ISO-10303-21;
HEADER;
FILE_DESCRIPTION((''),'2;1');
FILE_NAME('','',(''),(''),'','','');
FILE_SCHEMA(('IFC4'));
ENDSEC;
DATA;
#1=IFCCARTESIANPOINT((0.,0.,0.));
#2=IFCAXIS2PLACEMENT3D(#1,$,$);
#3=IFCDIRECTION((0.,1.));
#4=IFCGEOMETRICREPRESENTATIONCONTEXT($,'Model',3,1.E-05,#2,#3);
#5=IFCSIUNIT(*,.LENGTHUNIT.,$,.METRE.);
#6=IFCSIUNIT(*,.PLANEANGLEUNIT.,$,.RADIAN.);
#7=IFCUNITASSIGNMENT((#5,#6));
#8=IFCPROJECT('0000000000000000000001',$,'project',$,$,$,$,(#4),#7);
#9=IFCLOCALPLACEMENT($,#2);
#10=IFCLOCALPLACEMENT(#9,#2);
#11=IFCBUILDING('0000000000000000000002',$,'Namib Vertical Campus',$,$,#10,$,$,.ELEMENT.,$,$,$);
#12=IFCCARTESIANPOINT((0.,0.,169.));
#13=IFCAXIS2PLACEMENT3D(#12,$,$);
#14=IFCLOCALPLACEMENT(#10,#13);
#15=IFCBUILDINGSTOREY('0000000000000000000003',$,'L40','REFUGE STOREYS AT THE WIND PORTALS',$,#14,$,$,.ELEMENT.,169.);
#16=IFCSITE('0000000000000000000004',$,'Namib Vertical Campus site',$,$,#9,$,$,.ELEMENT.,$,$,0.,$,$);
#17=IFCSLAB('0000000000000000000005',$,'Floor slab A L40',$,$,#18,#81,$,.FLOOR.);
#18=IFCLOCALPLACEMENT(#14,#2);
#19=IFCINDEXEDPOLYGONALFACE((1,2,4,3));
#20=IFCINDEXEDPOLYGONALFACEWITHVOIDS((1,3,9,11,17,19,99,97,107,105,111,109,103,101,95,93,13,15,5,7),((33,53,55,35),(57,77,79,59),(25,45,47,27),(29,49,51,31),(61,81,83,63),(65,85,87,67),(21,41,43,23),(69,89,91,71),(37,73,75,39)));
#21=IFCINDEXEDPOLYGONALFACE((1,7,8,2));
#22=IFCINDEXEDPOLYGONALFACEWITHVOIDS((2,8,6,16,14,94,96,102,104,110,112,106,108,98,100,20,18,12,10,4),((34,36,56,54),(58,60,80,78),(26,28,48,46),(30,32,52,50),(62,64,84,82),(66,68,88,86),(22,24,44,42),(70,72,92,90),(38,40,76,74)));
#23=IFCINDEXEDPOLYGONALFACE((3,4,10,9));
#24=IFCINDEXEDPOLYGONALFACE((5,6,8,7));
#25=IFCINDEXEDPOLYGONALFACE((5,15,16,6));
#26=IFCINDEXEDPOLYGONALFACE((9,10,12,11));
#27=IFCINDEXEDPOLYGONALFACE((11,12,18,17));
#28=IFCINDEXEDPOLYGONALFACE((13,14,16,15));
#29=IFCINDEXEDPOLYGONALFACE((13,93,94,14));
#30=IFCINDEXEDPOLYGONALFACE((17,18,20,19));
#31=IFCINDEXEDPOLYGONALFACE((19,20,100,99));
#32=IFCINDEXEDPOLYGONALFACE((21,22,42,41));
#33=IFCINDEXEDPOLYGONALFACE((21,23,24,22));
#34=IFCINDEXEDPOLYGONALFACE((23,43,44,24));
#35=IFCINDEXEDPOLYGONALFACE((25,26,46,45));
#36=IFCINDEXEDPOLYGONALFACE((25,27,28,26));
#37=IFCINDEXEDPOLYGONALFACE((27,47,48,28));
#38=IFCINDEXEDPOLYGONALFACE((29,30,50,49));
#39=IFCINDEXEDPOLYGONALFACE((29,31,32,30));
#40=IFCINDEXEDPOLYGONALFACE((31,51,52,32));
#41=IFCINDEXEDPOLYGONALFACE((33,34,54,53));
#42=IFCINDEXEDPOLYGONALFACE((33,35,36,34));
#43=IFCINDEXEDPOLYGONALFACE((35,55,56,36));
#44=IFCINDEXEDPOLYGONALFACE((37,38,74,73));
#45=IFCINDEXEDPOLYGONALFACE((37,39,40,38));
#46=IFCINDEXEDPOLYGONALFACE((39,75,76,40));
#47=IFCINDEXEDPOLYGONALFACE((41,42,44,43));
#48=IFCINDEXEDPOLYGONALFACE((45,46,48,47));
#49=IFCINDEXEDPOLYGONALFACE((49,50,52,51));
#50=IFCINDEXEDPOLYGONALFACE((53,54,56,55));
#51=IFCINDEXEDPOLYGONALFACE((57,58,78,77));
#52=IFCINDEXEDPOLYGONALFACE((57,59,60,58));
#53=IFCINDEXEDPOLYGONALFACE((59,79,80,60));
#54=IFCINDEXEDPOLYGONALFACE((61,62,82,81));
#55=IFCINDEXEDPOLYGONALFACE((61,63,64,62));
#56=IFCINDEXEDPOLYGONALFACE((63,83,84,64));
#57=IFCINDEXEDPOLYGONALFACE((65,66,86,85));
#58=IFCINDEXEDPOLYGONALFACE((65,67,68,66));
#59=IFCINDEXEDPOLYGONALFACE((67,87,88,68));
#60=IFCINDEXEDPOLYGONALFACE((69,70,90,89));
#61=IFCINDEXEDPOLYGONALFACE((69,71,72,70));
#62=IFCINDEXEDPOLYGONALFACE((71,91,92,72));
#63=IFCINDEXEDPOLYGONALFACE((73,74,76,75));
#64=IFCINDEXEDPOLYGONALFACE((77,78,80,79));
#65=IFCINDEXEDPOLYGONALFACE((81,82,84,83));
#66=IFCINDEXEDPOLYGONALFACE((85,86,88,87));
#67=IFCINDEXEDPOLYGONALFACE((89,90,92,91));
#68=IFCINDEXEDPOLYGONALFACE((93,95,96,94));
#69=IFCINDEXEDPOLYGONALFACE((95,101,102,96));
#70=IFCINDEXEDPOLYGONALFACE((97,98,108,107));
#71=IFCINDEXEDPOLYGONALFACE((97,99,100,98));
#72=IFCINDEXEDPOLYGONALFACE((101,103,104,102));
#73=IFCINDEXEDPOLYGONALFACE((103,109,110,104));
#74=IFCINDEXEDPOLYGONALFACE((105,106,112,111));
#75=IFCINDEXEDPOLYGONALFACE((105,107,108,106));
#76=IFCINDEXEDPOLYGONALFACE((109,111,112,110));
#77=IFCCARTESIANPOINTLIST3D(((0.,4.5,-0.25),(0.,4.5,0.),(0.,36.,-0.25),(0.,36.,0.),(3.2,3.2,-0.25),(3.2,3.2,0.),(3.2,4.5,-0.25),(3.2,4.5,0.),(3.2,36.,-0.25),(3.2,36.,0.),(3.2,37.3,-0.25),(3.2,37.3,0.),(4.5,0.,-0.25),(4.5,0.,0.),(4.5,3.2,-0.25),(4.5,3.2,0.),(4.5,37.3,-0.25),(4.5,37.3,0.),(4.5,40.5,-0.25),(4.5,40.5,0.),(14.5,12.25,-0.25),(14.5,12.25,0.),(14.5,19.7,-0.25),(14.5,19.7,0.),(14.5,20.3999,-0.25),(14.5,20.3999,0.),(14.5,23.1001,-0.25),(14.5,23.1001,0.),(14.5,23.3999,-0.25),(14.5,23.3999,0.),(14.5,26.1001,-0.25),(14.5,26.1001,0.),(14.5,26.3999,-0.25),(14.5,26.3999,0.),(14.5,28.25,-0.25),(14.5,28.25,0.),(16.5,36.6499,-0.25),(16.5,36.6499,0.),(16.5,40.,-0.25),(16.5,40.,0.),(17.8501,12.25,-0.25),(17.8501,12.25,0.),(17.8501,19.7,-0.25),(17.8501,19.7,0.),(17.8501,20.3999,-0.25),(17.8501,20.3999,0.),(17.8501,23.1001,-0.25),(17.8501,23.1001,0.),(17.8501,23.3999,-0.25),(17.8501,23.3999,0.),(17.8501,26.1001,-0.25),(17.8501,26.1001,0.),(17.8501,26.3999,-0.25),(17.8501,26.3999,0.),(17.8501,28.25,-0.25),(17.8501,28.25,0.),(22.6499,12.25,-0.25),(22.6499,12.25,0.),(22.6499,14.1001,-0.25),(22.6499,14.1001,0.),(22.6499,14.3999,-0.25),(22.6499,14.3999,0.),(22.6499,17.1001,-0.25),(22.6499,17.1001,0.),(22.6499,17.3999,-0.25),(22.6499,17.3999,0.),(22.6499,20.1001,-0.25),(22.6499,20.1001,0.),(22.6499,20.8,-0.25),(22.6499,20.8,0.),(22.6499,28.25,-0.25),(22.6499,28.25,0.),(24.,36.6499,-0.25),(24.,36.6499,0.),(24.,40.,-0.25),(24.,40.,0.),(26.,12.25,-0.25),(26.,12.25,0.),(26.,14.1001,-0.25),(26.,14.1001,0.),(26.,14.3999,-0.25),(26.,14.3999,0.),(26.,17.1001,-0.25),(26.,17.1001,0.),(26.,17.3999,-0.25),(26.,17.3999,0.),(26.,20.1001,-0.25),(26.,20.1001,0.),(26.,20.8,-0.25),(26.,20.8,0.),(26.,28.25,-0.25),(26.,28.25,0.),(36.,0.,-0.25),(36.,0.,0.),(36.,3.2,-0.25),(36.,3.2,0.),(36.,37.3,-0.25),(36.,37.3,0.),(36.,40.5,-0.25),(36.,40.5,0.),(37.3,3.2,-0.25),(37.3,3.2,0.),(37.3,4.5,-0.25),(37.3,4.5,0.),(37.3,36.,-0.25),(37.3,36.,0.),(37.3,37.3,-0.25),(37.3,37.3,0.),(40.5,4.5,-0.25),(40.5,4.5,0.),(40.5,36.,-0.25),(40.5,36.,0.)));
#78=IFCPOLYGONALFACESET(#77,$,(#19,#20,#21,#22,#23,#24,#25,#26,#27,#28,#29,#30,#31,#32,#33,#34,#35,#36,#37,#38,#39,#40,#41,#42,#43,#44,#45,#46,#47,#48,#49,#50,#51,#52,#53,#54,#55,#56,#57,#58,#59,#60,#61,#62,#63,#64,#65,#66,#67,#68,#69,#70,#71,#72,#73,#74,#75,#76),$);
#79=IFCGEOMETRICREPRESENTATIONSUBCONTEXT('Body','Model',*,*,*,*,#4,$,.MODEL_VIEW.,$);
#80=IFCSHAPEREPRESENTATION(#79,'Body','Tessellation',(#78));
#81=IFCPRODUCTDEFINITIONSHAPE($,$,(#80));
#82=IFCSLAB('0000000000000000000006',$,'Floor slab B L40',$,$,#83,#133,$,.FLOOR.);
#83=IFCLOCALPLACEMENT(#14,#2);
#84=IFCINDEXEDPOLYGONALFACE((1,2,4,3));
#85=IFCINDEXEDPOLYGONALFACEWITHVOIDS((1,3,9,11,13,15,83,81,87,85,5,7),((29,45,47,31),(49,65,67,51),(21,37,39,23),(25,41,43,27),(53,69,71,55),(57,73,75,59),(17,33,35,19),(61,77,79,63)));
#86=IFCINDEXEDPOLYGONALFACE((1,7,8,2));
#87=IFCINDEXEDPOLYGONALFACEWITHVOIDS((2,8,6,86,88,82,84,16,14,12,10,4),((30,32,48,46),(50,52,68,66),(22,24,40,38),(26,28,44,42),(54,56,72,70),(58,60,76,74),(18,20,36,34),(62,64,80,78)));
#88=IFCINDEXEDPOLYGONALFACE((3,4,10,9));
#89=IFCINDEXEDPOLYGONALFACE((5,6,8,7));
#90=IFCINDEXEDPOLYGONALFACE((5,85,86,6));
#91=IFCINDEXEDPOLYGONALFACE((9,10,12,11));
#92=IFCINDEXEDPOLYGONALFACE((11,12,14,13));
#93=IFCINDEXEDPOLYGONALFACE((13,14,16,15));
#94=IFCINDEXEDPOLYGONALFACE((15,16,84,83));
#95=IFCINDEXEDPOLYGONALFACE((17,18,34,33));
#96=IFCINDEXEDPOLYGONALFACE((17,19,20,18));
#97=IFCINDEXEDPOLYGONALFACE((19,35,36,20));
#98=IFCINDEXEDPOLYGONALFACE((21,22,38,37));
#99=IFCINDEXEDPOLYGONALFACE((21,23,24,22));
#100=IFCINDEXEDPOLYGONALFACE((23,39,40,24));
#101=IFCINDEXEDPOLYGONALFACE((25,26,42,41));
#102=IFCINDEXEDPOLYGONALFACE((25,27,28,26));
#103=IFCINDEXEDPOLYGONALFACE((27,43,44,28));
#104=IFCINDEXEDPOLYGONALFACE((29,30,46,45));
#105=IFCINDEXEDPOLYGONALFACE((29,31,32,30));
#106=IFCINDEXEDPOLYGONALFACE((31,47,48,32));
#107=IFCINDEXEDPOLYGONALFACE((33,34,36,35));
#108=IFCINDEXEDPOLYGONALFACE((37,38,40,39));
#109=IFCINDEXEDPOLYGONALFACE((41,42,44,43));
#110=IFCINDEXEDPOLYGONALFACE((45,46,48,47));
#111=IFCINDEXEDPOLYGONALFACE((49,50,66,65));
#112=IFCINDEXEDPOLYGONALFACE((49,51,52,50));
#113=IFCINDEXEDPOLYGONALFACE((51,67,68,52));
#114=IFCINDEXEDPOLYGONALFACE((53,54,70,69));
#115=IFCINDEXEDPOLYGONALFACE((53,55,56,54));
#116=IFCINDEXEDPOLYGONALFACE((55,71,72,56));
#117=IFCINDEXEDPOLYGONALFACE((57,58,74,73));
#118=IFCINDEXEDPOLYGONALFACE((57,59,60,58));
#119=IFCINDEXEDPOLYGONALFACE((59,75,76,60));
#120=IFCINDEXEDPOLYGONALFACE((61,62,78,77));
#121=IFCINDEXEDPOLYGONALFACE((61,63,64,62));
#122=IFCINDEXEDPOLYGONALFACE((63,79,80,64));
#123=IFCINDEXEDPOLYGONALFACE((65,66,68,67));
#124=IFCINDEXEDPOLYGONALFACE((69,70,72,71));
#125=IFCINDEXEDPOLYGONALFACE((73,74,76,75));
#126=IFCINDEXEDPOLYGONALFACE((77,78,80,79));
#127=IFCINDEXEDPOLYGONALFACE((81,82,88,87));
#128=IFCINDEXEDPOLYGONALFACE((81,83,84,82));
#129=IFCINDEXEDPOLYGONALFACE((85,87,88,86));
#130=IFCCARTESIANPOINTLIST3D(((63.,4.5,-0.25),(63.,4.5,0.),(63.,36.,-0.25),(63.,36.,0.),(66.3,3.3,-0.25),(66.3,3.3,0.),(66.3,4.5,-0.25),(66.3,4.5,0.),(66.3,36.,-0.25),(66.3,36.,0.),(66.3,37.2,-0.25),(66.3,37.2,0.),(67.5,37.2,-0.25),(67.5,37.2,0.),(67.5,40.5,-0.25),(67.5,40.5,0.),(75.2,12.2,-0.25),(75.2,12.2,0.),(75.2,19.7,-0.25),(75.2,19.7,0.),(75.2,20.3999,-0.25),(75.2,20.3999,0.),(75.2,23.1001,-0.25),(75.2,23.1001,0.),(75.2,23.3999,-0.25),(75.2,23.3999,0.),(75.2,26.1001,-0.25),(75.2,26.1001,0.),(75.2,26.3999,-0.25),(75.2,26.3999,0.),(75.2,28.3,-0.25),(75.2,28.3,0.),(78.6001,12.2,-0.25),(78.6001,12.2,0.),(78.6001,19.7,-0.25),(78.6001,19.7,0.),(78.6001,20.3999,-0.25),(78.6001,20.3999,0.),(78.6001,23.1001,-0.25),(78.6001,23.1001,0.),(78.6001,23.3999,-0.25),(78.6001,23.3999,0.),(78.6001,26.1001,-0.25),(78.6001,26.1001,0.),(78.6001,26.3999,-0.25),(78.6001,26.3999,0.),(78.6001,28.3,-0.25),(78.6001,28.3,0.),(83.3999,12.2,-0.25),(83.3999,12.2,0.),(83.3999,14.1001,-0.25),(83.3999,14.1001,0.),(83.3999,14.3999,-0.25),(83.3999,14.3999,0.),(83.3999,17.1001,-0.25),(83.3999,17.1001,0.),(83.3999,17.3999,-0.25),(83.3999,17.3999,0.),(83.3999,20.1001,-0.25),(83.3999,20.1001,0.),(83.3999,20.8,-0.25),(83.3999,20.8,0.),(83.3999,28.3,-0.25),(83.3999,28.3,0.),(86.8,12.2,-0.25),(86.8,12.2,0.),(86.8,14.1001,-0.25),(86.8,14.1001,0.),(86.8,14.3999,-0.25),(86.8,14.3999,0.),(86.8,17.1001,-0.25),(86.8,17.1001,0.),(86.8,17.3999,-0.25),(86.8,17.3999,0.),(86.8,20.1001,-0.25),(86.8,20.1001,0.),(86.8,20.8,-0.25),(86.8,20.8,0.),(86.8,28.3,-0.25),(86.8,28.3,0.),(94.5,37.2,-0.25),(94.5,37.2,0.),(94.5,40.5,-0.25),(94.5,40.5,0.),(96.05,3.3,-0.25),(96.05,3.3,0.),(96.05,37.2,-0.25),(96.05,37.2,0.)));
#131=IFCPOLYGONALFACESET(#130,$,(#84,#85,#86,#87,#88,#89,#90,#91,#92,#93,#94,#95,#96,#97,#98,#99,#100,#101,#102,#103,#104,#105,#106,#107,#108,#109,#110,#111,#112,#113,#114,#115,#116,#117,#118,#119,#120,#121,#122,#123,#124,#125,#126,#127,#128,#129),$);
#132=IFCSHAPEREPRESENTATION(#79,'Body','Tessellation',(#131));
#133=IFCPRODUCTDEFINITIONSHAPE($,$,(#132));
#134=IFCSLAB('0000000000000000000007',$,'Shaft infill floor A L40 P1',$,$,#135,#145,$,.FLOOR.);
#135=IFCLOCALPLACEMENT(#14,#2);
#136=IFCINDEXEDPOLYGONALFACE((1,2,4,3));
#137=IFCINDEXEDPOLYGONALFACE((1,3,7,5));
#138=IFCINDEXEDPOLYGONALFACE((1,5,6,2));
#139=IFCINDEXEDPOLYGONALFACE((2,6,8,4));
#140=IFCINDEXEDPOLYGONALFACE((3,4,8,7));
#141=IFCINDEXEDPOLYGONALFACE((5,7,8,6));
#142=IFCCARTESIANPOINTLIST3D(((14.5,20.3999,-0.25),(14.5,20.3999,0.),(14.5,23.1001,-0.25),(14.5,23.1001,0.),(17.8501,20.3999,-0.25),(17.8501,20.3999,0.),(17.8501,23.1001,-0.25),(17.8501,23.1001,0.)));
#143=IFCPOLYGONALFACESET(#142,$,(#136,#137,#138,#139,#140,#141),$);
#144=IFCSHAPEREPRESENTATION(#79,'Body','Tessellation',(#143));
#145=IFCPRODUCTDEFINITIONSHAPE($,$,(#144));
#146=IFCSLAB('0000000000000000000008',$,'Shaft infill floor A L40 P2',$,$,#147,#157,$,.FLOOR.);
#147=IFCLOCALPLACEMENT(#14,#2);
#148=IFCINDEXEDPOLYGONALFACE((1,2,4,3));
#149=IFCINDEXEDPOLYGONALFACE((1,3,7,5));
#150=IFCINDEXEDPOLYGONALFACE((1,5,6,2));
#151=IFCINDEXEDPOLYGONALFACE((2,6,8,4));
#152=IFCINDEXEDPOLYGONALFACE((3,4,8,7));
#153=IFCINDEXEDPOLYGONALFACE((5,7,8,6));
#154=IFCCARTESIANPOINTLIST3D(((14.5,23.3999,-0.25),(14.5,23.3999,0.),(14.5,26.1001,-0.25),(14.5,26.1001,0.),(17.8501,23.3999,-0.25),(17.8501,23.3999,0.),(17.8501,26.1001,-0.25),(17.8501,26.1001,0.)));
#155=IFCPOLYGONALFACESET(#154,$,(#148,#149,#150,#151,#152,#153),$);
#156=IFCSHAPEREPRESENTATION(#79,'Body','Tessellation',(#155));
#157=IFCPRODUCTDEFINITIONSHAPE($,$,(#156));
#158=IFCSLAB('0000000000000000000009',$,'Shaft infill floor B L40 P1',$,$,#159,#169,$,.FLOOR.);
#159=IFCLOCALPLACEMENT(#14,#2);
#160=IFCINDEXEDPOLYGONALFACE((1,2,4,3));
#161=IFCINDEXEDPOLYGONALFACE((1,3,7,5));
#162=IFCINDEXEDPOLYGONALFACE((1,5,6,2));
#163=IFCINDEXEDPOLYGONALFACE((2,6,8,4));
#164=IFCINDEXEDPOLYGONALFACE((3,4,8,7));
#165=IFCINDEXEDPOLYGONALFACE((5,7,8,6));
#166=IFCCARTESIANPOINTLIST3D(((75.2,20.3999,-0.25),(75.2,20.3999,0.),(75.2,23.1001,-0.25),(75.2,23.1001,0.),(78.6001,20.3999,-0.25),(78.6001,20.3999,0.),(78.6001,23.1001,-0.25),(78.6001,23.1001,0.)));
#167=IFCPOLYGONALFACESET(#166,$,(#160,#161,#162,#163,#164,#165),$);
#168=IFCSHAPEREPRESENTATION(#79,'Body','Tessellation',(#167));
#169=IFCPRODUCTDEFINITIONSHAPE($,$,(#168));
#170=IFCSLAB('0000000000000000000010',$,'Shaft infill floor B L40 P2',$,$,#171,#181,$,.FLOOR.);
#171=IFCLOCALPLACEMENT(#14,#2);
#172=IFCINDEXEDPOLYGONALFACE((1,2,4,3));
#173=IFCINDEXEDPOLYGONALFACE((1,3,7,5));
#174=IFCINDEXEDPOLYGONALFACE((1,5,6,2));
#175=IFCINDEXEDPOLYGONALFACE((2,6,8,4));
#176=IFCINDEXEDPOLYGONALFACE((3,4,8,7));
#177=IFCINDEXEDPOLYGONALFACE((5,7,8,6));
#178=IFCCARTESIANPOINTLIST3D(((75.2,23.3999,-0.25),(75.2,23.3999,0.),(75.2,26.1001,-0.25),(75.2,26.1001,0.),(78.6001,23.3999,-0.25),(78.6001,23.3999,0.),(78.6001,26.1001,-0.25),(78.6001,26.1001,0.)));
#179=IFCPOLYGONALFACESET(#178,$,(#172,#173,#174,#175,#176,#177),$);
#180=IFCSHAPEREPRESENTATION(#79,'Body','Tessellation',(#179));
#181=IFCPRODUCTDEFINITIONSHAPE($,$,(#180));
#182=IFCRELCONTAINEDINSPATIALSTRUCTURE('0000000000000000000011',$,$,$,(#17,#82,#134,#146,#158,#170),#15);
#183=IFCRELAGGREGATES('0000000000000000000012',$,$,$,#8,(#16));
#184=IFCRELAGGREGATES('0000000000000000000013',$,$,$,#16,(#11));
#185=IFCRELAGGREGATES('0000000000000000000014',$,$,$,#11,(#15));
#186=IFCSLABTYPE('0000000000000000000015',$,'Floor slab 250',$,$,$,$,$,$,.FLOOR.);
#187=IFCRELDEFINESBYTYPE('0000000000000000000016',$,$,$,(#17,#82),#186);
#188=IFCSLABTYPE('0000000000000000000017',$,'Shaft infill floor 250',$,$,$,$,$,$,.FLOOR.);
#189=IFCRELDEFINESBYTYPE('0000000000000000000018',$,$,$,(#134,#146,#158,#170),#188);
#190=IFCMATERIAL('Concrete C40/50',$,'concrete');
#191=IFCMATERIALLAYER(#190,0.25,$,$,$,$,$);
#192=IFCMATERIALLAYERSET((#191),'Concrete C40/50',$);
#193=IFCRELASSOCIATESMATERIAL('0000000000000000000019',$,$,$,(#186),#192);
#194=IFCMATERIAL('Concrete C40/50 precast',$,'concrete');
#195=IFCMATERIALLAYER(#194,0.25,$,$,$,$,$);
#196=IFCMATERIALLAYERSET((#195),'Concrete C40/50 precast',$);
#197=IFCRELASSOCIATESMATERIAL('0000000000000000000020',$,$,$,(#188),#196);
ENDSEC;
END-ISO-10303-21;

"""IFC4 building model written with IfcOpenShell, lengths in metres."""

from ifc_helpers import new_model, si_unit, direction, frame, origin, place, context, subcontext, project, spatial, polyline, outline, extrude, material, layer, layer_set, type_object, element, save


model = new_model("IFC4")

# Units and contexts
model_context = context("Model", 3, precision=1e-05, world=origin(), true_north=direction((0.0, 1.0)))
body_context = subcontext(model_context, "Body", "Model", "MODEL_VIEW")
ifc_project = project(units=[si_unit("LENGTHUNIT", "METRE"), si_unit("PLANEANGLEUNIT", "RADIAN")], contexts=[model_context])

# Site, building, storey
site_placement = place(None, origin())
site = spatial("IfcSite", under=ifc_project, at=site_placement, Name="Namib Vertical Campus site", CompositionType="ELEMENT", RefElevation=0.0)
building_placement = place(site_placement, origin())
building = spatial("IfcBuilding", under=site, at=building_placement, Name="Namib Vertical Campus", CompositionType="ELEMENT")
storey_placement = place(building_placement, frame((0.0, 0.0, 169.0)))
storey = spatial("IfcBuildingStorey", under=building, at=storey_placement, Name="L40", Description="REFUGE STOREYS AT THE WIND PORTALS", CompositionType="ELEMENT", Elevation=169.0)

# Slabs
ifc_material_1 = material(Name="Concrete C40/50", Category="concrete")
ifc_layer_1 = layer(ifc_material_1, 0.25)
ifc_layer_set_1 = layer_set([ifc_layer_1], Name="Concrete C40/50")
slab_type_1 = type_object("IfcSlabType", Name="Floor slab 250", PredefinedType="FLOOR", material=ifc_layer_set_1)
slab_1_placement = place(storey_placement, frame((0.0, 0.0, -0.25)))
element("IfcSlab", 1, at=slab_1_placement, inside=storey, type_object=slab_type_1, Name="Floor slab A L40", PredefinedType="FLOOR", context=body_context, shape_type="SweptSolid", body=[
    extrude(outline(polyline([(4.5, 0.0), (36.0, 0.0), (36.0, 3.2), (37.3, 3.2), (37.3, 4.5), (40.5, 4.5), (40.5, 36.0), (37.3, 36.0), (37.3, 37.3), (36.0, 37.3), (36.0, 40.5), (4.5, 40.5), (4.5, 37.3), (3.2, 37.3), (3.2, 36.0), (0.0, 36.0), (0.0, 4.5), (3.2, 4.5), (3.2, 3.2), (4.5, 3.2), (4.5, 0.0)]), holes=[polyline([(14.5, 12.25), (17.8501, 12.25), (17.8501, 19.7), (14.5, 19.7), (14.5, 12.25)]), polyline([(22.6499, 20.8), (26.0, 20.8), (26.0, 28.25), (22.6499, 28.25), (22.6499, 20.8)]), polyline([(22.6499, 12.25), (26.0, 12.25), (26.0, 14.1001), (22.6499, 14.1001), (22.6499, 12.25)]), polyline([(14.5, 20.3999), (17.8501, 20.3999), (17.8501, 23.1001), (14.5, 23.1001), (14.5, 20.3999)]), polyline([(14.5, 23.3999), (17.8501, 23.3999), (17.8501, 26.1001), (14.5, 26.1001), (14.5, 23.3999)]), polyline([(14.5, 26.3999), (17.8501, 26.3999), (17.8501, 28.25), (14.5, 28.25), (14.5, 26.3999)]), polyline([(22.6499, 14.3999), (26.0, 14.3999), (26.0, 17.1001), (22.6499, 17.1001), (22.6499, 14.3999)]), polyline([(22.6499, 17.3999), (26.0, 17.3999), (26.0, 20.1001), (22.6499, 20.1001), (22.6499, 17.3999)]), polyline([(16.5, 36.6499), (24.0, 36.6499), (24.0, 40.0), (16.5, 40.0), (16.5, 36.6499)])]), origin(), (0.0, 0.0, 1.0), 0.25),
])
slab_2_placement = place(storey_placement, frame((0.0, 0.0, -0.25)))
element("IfcSlab", 2, at=slab_2_placement, inside=storey, type_object=slab_type_1, Name="Floor slab B L40", PredefinedType="FLOOR", context=body_context, shape_type="SweptSolid", body=[
    extrude(outline(polyline([(63.0, 4.5), (66.3, 4.5), (66.3, 3.3), (96.05, 3.3), (96.05, 37.2), (94.5, 37.2), (94.5, 40.5), (67.5, 40.5), (67.5, 37.2), (66.3, 37.2), (66.3, 36.0), (63.0, 36.0), (63.0, 4.5)]), holes=[polyline([(75.2, 12.2), (78.6001, 12.2), (78.6001, 19.7), (75.2, 19.7), (75.2, 12.2)]), polyline([(83.3999, 20.8), (86.8, 20.8), (86.8, 28.3), (83.3999, 28.3), (83.3999, 20.8)]), polyline([(83.3999, 12.2), (86.8, 12.2), (86.8, 14.1001), (83.3999, 14.1001), (83.3999, 12.2)]), polyline([(75.2, 20.3999), (78.6001, 20.3999), (78.6001, 23.1001), (75.2, 23.1001), (75.2, 20.3999)]), polyline([(75.2, 23.3999), (78.6001, 23.3999), (78.6001, 26.1001), (75.2, 26.1001), (75.2, 23.3999)]), polyline([(75.2, 26.3999), (78.6001, 26.3999), (78.6001, 28.3), (75.2, 28.3), (75.2, 26.3999)]), polyline([(83.3999, 14.3999), (86.8, 14.3999), (86.8, 17.1001), (83.3999, 17.1001), (83.3999, 14.3999)]), polyline([(83.3999, 17.3999), (86.8, 17.3999), (86.8, 20.1001), (83.3999, 20.1001), (83.3999, 17.3999)])]), origin(), (0.0, 0.0, 1.0), 0.25),
])
ifc_material_2 = material(Name="Concrete C40/50 precast", Category="concrete")
ifc_layer_2 = layer(ifc_material_2, 0.25)
ifc_layer_set_2 = layer_set([ifc_layer_2], Name="Concrete C40/50 precast")
slab_type_2 = type_object("IfcSlabType", Name="Shaft infill floor 250", PredefinedType="FLOOR", material=ifc_layer_set_2)
slab_3_placement = place(storey_placement, frame((0.0, 0.0, -0.25)))
element("IfcSlab", 3, at=slab_3_placement, inside=storey, type_object=slab_type_2, Name="Shaft infill floor A L40 P1", PredefinedType="FLOOR", context=body_context, shape_type="SweptSolid", body=[
    extrude(outline(polyline([(14.5, 20.3999), (17.8501, 20.3999), (17.8501, 23.1001), (14.5, 23.1001), (14.5, 20.3999)])), origin(), (0.0, 0.0, 1.0), 0.25),
])
slab_4_placement = place(storey_placement, frame((0.0, 0.0, -0.25)))
element("IfcSlab", 4, at=slab_4_placement, inside=storey, type_object=slab_type_2, Name="Shaft infill floor A L40 P2", PredefinedType="FLOOR", context=body_context, shape_type="SweptSolid", body=[
    extrude(outline(polyline([(14.5, 23.3999), (17.8501, 23.3999), (17.8501, 26.1001), (14.5, 26.1001), (14.5, 23.3999)])), origin(), (0.0, 0.0, 1.0), 0.25),
])
slab_5_placement = place(storey_placement, frame((0.0, 0.0, -0.25)))
element("IfcSlab", 5, at=slab_5_placement, inside=storey, type_object=slab_type_2, Name="Shaft infill floor B L40 P1", PredefinedType="FLOOR", context=body_context, shape_type="SweptSolid", body=[
    extrude(outline(polyline([(75.2, 20.3999), (78.6001, 20.3999), (78.6001, 23.1001), (75.2, 23.1001), (75.2, 20.3999)])), origin(), (0.0, 0.0, 1.0), 0.25),
])
slab_6_placement = place(storey_placement, frame((0.0, 0.0, -0.25)))
element("IfcSlab", 6, at=slab_6_placement, inside=storey, type_object=slab_type_2, Name="Shaft infill floor B L40 P2", PredefinedType="FLOOR", context=body_context, shape_type="SweptSolid", body=[
    extrude(outline(polyline([(75.2, 23.3999), (78.6001, 23.3999), (78.6001, 26.1001), (75.2, 26.1001), (75.2, 23.3999)])), origin(), (0.0, 0.0, 1.0), 0.25),
])

save(model, "model.ifc")
